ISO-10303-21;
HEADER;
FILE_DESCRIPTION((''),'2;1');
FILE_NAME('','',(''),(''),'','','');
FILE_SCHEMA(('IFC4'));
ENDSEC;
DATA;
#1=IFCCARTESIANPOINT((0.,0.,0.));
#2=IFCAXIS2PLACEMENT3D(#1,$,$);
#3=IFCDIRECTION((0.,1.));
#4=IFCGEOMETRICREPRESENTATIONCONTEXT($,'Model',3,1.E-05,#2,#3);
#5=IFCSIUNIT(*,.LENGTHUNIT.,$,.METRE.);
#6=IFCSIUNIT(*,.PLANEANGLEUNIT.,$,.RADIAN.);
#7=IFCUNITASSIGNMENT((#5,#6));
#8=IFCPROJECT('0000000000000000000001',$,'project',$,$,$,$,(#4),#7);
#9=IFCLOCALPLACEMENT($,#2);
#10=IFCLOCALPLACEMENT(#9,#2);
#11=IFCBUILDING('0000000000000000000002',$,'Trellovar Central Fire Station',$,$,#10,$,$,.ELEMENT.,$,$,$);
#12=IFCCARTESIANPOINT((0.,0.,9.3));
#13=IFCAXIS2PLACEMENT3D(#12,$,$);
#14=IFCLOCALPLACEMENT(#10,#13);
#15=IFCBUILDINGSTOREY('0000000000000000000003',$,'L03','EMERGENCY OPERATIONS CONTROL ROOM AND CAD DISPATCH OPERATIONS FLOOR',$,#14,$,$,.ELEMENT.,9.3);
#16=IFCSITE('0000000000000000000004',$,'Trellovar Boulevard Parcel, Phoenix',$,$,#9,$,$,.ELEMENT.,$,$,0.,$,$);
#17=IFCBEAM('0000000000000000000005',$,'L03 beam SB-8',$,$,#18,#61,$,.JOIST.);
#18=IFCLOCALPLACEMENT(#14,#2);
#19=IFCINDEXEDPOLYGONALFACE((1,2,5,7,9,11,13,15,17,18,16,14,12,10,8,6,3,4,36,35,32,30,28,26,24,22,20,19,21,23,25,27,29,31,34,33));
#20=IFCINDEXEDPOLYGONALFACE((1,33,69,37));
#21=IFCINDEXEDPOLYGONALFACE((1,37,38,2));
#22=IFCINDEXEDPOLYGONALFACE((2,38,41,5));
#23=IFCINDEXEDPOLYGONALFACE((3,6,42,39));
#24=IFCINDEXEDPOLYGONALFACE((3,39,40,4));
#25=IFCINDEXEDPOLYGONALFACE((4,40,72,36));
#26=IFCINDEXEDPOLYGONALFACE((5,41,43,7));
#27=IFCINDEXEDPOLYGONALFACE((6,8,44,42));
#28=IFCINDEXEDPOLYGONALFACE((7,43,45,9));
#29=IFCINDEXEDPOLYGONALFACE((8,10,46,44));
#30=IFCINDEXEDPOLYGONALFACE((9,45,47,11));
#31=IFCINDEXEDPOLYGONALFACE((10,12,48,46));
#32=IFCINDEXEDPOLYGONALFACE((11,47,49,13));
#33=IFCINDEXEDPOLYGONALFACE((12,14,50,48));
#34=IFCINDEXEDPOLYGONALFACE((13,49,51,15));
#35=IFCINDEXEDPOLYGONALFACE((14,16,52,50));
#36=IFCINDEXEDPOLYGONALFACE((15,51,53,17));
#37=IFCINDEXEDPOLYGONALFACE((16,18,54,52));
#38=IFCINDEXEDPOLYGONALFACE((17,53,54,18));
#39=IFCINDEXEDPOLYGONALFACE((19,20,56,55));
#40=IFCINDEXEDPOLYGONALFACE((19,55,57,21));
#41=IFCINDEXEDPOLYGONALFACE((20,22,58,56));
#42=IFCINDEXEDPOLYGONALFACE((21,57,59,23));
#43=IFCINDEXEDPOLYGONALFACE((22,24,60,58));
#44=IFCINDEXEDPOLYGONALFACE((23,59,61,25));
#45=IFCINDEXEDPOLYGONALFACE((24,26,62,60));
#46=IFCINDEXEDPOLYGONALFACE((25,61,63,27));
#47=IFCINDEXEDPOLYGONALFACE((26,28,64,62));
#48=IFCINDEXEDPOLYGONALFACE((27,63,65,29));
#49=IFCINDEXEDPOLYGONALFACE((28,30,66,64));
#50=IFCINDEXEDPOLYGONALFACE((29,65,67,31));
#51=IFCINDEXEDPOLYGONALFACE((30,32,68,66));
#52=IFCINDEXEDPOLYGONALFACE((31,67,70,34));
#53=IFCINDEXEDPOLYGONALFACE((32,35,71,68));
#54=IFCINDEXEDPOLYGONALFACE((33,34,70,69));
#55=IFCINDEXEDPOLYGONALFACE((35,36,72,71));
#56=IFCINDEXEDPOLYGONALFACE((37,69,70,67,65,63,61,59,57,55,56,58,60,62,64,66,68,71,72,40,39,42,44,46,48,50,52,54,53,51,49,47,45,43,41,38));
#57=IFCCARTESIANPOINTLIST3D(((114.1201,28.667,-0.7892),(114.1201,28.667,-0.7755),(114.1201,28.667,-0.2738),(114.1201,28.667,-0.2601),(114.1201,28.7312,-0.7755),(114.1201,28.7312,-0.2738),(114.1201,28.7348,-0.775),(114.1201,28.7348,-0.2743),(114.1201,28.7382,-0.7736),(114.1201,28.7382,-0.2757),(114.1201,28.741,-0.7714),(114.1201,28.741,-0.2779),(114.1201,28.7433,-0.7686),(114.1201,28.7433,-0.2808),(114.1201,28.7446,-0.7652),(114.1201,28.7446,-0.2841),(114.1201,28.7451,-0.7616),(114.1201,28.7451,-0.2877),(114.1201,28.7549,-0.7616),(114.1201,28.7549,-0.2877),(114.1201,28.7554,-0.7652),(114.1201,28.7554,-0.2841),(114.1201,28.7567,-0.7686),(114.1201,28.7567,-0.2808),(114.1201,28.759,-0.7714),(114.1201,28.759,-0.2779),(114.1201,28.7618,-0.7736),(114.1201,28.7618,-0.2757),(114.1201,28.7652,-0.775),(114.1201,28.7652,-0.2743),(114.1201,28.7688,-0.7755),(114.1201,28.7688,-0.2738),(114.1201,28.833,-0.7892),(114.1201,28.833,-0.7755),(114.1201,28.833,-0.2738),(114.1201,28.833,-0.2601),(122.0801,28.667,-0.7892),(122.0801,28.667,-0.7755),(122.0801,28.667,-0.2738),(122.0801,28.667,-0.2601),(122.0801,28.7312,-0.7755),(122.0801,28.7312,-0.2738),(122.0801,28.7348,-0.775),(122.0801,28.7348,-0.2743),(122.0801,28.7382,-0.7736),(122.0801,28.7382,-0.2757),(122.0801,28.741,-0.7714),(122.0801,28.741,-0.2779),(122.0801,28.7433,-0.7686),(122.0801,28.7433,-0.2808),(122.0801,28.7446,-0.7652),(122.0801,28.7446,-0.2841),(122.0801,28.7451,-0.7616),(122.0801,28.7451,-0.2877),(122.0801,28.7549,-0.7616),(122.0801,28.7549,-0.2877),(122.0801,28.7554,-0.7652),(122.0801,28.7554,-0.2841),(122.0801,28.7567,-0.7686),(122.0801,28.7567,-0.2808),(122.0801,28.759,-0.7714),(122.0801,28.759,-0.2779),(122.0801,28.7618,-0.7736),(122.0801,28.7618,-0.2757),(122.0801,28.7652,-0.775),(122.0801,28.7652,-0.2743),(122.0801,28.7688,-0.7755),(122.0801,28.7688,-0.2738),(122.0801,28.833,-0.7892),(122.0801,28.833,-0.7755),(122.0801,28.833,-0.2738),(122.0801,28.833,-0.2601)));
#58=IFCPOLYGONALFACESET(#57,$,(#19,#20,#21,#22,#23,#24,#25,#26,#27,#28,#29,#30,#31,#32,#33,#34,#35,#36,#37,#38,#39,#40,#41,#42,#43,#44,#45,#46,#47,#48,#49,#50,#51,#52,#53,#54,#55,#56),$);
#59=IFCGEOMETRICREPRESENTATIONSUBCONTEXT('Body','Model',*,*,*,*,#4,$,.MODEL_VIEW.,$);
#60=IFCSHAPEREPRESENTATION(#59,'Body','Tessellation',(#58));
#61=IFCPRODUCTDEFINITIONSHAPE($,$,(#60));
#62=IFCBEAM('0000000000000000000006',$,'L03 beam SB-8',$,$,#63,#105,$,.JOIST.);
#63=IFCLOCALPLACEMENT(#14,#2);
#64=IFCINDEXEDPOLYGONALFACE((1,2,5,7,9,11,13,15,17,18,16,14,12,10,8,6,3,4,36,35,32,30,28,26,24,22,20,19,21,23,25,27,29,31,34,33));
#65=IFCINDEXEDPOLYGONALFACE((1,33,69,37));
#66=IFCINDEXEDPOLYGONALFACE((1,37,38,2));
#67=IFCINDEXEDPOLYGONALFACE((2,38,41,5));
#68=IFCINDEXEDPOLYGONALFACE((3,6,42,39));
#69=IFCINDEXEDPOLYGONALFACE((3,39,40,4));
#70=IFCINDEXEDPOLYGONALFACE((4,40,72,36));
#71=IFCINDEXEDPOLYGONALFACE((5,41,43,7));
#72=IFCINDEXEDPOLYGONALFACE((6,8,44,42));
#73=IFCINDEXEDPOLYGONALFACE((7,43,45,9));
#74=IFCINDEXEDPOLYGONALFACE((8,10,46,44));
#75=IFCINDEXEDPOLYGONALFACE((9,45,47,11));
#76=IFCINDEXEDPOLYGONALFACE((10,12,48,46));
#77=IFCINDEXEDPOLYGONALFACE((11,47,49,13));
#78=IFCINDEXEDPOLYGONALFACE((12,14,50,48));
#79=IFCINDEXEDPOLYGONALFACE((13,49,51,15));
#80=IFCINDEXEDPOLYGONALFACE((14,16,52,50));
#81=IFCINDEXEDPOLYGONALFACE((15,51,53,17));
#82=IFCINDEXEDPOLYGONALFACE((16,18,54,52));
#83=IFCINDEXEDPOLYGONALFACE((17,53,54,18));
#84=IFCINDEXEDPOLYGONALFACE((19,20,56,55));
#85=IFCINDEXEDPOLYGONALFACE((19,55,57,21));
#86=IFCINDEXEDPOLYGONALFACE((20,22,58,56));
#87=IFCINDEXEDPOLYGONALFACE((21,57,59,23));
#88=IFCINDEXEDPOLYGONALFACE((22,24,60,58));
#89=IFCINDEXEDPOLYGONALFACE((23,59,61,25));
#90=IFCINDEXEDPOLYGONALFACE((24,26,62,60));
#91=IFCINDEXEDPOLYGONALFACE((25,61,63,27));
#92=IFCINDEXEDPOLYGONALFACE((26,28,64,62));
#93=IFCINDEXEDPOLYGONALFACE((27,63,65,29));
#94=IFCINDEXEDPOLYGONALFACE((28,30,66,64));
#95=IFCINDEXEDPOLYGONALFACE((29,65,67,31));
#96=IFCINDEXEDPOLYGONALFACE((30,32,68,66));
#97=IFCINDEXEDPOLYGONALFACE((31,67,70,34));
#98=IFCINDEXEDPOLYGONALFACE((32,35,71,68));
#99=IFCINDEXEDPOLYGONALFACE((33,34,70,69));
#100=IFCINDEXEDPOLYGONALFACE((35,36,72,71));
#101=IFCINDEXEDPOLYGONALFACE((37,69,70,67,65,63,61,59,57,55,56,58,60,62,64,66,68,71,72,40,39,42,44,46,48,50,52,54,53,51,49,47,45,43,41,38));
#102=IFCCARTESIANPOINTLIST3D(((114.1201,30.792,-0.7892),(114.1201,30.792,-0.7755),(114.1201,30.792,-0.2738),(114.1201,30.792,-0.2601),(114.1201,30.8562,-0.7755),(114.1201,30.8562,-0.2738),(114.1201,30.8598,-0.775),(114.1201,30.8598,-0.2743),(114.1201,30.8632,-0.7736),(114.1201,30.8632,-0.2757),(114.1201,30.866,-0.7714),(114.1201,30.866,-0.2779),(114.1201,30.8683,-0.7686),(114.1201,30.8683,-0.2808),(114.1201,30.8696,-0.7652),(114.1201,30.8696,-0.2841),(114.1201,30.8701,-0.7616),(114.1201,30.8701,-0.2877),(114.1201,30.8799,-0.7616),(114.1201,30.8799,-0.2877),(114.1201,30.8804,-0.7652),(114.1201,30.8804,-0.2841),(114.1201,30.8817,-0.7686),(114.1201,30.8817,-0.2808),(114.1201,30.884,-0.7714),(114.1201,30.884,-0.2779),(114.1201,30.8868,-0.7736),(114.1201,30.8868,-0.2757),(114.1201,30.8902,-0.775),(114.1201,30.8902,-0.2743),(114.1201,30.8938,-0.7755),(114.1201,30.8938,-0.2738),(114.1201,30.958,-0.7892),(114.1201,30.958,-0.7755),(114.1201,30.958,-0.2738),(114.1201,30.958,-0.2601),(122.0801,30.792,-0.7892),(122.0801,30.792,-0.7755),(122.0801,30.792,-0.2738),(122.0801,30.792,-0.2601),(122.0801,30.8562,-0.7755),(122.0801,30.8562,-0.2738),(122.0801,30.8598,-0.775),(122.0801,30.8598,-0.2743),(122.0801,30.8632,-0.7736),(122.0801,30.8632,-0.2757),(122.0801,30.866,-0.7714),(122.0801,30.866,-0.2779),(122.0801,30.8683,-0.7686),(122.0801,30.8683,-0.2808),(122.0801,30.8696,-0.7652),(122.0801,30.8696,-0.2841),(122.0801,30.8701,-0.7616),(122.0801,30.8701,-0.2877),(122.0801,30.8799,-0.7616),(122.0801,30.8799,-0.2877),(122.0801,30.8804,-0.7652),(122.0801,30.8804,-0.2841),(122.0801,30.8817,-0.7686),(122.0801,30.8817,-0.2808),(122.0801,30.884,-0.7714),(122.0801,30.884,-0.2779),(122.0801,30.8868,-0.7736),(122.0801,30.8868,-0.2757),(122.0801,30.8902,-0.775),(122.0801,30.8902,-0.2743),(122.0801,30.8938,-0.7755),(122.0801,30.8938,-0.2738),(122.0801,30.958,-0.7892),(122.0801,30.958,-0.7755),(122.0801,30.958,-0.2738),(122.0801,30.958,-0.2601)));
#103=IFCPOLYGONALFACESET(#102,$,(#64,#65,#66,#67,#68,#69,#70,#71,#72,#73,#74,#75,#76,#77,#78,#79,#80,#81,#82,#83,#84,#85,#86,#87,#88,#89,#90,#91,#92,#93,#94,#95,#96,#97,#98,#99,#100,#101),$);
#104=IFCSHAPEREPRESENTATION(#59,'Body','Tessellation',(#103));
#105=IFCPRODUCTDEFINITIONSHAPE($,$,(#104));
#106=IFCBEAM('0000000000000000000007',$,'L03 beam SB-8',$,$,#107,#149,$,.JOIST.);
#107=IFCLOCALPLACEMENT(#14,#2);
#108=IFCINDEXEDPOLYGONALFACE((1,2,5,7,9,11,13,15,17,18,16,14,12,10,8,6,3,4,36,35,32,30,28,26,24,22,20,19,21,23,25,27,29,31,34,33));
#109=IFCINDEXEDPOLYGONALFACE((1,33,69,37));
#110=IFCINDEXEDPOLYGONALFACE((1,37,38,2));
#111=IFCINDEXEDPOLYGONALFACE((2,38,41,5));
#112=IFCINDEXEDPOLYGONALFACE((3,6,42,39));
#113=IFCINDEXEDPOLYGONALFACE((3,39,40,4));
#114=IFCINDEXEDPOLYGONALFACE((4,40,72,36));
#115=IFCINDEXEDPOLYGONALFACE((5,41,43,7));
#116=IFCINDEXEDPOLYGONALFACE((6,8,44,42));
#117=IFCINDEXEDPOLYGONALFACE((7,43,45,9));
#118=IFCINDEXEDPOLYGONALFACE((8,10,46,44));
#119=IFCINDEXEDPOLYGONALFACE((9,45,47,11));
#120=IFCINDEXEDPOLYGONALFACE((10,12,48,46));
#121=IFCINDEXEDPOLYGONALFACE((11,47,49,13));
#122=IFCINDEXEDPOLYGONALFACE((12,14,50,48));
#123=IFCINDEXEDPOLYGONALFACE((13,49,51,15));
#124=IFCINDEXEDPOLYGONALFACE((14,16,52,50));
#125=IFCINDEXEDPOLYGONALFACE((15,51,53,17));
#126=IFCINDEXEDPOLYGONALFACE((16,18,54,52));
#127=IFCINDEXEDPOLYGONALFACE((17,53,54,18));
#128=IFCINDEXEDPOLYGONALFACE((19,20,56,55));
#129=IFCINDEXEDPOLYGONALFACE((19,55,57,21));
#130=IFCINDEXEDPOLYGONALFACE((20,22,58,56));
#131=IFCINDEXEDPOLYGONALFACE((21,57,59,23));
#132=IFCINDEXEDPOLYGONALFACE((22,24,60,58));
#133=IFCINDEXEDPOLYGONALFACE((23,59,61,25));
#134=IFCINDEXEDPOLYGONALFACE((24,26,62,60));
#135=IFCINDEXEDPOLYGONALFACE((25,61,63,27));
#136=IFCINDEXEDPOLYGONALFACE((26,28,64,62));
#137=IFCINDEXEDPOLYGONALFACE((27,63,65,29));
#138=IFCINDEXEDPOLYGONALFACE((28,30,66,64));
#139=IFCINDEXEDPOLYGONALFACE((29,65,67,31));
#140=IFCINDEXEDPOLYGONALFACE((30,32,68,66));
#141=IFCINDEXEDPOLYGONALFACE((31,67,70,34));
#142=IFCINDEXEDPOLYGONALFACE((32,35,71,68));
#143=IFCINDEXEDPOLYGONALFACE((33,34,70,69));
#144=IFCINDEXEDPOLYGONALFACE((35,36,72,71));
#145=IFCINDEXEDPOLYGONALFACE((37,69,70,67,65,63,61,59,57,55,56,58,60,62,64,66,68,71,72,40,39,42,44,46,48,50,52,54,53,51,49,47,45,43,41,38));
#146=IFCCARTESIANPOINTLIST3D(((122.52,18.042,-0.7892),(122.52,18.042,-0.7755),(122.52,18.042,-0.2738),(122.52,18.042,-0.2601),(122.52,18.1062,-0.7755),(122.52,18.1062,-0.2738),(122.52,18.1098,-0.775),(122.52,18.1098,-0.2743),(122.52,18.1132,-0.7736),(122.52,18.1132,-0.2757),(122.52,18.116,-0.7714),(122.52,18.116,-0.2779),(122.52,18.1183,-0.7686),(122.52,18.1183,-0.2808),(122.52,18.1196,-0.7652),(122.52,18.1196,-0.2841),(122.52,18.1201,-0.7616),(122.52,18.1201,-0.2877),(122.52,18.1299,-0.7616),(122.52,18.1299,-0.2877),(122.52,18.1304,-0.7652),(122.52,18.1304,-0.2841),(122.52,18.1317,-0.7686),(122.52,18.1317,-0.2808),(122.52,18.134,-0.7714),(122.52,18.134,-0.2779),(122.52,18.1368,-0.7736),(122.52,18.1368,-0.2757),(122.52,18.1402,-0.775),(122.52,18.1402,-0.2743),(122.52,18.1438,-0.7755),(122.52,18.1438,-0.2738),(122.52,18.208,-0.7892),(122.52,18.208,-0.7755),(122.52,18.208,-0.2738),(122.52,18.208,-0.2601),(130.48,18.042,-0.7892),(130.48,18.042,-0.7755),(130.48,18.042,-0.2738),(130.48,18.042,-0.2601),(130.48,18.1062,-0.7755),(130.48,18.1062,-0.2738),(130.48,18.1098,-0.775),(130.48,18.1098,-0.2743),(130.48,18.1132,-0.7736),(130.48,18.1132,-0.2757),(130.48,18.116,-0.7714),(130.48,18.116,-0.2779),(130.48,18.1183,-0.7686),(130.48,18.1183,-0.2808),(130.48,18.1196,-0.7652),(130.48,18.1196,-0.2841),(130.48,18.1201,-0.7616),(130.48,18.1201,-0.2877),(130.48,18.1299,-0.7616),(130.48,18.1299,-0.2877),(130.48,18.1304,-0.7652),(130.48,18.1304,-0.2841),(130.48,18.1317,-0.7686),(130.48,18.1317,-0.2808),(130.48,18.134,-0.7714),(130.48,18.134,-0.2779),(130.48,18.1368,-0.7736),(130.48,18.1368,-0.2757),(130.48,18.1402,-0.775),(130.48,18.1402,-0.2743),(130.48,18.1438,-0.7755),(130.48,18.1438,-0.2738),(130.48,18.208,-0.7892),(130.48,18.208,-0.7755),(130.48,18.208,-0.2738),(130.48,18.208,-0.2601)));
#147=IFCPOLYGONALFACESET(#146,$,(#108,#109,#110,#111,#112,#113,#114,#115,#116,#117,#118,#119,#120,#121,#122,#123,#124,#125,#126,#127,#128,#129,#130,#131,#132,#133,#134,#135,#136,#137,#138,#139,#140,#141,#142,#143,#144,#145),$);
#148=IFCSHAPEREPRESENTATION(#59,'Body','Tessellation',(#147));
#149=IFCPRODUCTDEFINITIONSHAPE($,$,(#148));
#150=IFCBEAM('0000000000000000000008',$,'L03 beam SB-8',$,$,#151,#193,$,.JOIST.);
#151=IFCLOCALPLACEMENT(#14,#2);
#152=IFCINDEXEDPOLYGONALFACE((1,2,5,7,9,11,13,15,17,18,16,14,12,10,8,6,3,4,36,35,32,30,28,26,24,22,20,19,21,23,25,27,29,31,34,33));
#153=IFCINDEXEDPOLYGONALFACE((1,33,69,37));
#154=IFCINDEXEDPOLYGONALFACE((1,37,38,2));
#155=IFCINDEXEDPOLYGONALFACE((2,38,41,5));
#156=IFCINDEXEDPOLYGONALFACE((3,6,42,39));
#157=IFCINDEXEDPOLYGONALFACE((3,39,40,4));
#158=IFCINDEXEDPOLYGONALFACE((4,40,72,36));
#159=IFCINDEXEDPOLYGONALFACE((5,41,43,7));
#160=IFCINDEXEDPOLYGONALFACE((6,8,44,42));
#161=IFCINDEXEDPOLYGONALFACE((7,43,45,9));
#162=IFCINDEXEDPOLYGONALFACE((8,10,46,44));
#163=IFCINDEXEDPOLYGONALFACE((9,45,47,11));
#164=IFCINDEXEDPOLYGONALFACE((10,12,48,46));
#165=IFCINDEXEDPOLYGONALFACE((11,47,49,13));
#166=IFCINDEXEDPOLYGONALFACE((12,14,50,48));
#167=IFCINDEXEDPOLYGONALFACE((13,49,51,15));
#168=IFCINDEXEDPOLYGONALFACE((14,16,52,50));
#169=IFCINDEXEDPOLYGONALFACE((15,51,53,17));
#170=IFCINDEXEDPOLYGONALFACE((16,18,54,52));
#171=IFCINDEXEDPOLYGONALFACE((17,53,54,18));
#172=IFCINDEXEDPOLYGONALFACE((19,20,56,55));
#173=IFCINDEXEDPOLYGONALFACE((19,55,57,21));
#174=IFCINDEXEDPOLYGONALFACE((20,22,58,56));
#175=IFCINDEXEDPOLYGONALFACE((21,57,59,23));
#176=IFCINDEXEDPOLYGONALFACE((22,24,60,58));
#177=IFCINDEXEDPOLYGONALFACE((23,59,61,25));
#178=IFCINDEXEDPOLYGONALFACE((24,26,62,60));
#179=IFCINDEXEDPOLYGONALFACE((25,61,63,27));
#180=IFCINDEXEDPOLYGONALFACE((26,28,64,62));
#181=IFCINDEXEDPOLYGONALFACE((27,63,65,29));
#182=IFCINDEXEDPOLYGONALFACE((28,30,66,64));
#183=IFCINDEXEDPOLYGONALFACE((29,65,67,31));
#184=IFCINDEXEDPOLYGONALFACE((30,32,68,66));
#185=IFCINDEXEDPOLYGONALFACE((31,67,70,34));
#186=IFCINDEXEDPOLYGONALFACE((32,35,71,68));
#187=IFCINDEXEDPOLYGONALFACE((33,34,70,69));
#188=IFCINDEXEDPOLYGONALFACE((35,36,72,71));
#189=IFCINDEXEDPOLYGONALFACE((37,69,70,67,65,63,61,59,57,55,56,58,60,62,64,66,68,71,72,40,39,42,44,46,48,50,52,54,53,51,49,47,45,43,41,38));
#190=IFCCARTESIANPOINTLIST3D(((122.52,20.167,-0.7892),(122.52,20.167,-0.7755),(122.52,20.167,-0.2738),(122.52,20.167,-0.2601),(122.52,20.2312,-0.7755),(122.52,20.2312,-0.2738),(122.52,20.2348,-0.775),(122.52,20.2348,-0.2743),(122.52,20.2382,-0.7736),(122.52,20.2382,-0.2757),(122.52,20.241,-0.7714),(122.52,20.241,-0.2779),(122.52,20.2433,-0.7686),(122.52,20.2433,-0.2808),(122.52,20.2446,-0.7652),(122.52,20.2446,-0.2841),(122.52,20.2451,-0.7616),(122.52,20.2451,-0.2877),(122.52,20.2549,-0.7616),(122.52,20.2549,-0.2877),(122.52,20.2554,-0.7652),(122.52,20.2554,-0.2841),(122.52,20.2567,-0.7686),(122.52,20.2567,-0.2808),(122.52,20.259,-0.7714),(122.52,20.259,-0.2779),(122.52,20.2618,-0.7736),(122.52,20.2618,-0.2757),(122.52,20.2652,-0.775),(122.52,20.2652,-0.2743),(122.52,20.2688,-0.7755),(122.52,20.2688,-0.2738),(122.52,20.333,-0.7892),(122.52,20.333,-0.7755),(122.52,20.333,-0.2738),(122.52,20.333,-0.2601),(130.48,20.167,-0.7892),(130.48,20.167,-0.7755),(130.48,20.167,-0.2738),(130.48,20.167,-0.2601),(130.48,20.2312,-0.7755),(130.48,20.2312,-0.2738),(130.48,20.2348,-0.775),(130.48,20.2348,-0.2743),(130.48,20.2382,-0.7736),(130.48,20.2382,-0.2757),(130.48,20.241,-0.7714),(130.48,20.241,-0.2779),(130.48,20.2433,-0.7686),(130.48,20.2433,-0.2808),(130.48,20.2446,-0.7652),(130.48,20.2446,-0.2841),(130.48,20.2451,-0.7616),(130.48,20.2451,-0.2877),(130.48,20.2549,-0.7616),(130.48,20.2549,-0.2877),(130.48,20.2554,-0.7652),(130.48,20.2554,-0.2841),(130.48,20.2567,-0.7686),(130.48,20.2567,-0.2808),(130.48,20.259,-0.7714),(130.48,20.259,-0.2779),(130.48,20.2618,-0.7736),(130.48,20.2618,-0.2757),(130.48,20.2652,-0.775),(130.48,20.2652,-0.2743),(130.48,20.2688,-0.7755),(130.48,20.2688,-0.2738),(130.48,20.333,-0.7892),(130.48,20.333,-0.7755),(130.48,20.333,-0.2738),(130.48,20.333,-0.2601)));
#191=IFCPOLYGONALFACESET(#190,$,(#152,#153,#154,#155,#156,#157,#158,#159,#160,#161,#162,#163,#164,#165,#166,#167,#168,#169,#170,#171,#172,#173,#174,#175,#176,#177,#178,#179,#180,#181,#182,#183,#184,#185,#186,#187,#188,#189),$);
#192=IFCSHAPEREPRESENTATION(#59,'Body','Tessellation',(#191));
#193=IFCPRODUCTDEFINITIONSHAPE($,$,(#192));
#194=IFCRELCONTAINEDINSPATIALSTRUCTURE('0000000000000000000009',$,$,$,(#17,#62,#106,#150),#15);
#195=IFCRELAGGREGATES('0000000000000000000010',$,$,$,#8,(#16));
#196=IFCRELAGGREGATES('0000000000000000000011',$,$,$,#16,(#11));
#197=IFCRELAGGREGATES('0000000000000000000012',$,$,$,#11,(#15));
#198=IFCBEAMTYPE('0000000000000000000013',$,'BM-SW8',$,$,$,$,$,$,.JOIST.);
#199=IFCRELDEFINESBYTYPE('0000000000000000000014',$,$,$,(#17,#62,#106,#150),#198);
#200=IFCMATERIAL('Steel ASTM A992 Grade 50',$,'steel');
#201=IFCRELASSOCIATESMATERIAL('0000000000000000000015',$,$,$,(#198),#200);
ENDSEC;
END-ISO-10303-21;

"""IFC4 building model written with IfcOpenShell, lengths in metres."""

from ifc_helpers import new_model, si_unit, direction, frame, origin, origin_2d, place, context, subcontext, project, spatial, i_section, extrude, material, material_profile, profile_set, type_object, element, save


model = new_model("IFC4")

# Units and contexts
model_context = context("Model", 3, precision=1e-05, world=origin(), true_north=direction((0.0, 1.0)))
body_context = subcontext(model_context, "Body", "Model", "MODEL_VIEW")
ifc_project = project(units=[si_unit("LENGTHUNIT", "METRE"), si_unit("PLANEANGLEUNIT", "RADIAN")], contexts=[model_context])

# Site, building, storey
site_placement = place(None, origin())
site = spatial("IfcSite", under=ifc_project, at=site_placement, Name="Trellovar Boulevard Parcel, Phoenix", CompositionType="ELEMENT", RefElevation=0.0)
building_placement = place(site_placement, origin())
building = spatial("IfcBuilding", under=site, at=building_placement, Name="Trellovar Central Fire Station", CompositionType="ELEMENT")
storey_placement = place(building_placement, frame((0.0, 0.0, 9.3)))
storey = spatial("IfcBuildingStorey", under=building, at=storey_placement, Name="L03", Description="EMERGENCY OPERATIONS CONTROL ROOM AND CAD DISPATCH OPERATIONS FLOOR", CompositionType="ELEMENT", Elevation=9.3)

# Beams
ifc_material_1 = material(Name="Steel ASTM A992 Grade 50", Category="steel")
ifc_material_profile_1 = material_profile(ifc_material_1, i_section(OverallWidth=0.166, OverallDepth=0.5291, WebThickness=0.0098, FlangeThickness=0.0137, FilletRadius=0.0139, at=origin_2d()), Name="W21X50")
ifc_profile_set_1 = profile_set([ifc_material_profile_1], Name="Steel ASTM A992 Grade 50")
beam_type_1 = type_object("IfcBeamType", Name="BM-SW8", PredefinedType="JOIST", material=ifc_profile_set_1)
for number, where, z_axis, x_axis, name in (
    (1, (114.1201, 28.75, -0.5247), (1.0, 0.0, 0.0), (0.0, 1.0, 0.0), "L03 beam SB-8"),
    (2, (114.1201, 30.875, -0.5247), (1.0, 0.0, 0.0), (0.0, 1.0, 0.0), "L03 beam SB-8"),
    (3, (122.52, 18.125, -0.5247), (1.0, 0.0, 0.0), (0.0, 1.0, 0.0), "L03 beam SB-8"),
    (4, (122.52, 20.25, -0.5247), (1.0, 0.0, 0.0), (0.0, 1.0, 0.0), "L03 beam SB-8"),
):
    element("IfcBeam", number, at=place(storey_placement, frame(where, z_axis=z_axis, x_axis=x_axis)), inside=storey, type_object=beam_type_1, Name=name, PredefinedType="JOIST", context=body_context, shape_type="SweptSolid", body=[
        extrude(i_section(OverallWidth=0.166, OverallDepth=0.5291, WebThickness=0.0098, FlangeThickness=0.0137, FilletRadius=0.0139, at=origin_2d()), origin(), (0.0, 0.0, 1.0), 7.96),
    ])

save(model, "model.ifc")
